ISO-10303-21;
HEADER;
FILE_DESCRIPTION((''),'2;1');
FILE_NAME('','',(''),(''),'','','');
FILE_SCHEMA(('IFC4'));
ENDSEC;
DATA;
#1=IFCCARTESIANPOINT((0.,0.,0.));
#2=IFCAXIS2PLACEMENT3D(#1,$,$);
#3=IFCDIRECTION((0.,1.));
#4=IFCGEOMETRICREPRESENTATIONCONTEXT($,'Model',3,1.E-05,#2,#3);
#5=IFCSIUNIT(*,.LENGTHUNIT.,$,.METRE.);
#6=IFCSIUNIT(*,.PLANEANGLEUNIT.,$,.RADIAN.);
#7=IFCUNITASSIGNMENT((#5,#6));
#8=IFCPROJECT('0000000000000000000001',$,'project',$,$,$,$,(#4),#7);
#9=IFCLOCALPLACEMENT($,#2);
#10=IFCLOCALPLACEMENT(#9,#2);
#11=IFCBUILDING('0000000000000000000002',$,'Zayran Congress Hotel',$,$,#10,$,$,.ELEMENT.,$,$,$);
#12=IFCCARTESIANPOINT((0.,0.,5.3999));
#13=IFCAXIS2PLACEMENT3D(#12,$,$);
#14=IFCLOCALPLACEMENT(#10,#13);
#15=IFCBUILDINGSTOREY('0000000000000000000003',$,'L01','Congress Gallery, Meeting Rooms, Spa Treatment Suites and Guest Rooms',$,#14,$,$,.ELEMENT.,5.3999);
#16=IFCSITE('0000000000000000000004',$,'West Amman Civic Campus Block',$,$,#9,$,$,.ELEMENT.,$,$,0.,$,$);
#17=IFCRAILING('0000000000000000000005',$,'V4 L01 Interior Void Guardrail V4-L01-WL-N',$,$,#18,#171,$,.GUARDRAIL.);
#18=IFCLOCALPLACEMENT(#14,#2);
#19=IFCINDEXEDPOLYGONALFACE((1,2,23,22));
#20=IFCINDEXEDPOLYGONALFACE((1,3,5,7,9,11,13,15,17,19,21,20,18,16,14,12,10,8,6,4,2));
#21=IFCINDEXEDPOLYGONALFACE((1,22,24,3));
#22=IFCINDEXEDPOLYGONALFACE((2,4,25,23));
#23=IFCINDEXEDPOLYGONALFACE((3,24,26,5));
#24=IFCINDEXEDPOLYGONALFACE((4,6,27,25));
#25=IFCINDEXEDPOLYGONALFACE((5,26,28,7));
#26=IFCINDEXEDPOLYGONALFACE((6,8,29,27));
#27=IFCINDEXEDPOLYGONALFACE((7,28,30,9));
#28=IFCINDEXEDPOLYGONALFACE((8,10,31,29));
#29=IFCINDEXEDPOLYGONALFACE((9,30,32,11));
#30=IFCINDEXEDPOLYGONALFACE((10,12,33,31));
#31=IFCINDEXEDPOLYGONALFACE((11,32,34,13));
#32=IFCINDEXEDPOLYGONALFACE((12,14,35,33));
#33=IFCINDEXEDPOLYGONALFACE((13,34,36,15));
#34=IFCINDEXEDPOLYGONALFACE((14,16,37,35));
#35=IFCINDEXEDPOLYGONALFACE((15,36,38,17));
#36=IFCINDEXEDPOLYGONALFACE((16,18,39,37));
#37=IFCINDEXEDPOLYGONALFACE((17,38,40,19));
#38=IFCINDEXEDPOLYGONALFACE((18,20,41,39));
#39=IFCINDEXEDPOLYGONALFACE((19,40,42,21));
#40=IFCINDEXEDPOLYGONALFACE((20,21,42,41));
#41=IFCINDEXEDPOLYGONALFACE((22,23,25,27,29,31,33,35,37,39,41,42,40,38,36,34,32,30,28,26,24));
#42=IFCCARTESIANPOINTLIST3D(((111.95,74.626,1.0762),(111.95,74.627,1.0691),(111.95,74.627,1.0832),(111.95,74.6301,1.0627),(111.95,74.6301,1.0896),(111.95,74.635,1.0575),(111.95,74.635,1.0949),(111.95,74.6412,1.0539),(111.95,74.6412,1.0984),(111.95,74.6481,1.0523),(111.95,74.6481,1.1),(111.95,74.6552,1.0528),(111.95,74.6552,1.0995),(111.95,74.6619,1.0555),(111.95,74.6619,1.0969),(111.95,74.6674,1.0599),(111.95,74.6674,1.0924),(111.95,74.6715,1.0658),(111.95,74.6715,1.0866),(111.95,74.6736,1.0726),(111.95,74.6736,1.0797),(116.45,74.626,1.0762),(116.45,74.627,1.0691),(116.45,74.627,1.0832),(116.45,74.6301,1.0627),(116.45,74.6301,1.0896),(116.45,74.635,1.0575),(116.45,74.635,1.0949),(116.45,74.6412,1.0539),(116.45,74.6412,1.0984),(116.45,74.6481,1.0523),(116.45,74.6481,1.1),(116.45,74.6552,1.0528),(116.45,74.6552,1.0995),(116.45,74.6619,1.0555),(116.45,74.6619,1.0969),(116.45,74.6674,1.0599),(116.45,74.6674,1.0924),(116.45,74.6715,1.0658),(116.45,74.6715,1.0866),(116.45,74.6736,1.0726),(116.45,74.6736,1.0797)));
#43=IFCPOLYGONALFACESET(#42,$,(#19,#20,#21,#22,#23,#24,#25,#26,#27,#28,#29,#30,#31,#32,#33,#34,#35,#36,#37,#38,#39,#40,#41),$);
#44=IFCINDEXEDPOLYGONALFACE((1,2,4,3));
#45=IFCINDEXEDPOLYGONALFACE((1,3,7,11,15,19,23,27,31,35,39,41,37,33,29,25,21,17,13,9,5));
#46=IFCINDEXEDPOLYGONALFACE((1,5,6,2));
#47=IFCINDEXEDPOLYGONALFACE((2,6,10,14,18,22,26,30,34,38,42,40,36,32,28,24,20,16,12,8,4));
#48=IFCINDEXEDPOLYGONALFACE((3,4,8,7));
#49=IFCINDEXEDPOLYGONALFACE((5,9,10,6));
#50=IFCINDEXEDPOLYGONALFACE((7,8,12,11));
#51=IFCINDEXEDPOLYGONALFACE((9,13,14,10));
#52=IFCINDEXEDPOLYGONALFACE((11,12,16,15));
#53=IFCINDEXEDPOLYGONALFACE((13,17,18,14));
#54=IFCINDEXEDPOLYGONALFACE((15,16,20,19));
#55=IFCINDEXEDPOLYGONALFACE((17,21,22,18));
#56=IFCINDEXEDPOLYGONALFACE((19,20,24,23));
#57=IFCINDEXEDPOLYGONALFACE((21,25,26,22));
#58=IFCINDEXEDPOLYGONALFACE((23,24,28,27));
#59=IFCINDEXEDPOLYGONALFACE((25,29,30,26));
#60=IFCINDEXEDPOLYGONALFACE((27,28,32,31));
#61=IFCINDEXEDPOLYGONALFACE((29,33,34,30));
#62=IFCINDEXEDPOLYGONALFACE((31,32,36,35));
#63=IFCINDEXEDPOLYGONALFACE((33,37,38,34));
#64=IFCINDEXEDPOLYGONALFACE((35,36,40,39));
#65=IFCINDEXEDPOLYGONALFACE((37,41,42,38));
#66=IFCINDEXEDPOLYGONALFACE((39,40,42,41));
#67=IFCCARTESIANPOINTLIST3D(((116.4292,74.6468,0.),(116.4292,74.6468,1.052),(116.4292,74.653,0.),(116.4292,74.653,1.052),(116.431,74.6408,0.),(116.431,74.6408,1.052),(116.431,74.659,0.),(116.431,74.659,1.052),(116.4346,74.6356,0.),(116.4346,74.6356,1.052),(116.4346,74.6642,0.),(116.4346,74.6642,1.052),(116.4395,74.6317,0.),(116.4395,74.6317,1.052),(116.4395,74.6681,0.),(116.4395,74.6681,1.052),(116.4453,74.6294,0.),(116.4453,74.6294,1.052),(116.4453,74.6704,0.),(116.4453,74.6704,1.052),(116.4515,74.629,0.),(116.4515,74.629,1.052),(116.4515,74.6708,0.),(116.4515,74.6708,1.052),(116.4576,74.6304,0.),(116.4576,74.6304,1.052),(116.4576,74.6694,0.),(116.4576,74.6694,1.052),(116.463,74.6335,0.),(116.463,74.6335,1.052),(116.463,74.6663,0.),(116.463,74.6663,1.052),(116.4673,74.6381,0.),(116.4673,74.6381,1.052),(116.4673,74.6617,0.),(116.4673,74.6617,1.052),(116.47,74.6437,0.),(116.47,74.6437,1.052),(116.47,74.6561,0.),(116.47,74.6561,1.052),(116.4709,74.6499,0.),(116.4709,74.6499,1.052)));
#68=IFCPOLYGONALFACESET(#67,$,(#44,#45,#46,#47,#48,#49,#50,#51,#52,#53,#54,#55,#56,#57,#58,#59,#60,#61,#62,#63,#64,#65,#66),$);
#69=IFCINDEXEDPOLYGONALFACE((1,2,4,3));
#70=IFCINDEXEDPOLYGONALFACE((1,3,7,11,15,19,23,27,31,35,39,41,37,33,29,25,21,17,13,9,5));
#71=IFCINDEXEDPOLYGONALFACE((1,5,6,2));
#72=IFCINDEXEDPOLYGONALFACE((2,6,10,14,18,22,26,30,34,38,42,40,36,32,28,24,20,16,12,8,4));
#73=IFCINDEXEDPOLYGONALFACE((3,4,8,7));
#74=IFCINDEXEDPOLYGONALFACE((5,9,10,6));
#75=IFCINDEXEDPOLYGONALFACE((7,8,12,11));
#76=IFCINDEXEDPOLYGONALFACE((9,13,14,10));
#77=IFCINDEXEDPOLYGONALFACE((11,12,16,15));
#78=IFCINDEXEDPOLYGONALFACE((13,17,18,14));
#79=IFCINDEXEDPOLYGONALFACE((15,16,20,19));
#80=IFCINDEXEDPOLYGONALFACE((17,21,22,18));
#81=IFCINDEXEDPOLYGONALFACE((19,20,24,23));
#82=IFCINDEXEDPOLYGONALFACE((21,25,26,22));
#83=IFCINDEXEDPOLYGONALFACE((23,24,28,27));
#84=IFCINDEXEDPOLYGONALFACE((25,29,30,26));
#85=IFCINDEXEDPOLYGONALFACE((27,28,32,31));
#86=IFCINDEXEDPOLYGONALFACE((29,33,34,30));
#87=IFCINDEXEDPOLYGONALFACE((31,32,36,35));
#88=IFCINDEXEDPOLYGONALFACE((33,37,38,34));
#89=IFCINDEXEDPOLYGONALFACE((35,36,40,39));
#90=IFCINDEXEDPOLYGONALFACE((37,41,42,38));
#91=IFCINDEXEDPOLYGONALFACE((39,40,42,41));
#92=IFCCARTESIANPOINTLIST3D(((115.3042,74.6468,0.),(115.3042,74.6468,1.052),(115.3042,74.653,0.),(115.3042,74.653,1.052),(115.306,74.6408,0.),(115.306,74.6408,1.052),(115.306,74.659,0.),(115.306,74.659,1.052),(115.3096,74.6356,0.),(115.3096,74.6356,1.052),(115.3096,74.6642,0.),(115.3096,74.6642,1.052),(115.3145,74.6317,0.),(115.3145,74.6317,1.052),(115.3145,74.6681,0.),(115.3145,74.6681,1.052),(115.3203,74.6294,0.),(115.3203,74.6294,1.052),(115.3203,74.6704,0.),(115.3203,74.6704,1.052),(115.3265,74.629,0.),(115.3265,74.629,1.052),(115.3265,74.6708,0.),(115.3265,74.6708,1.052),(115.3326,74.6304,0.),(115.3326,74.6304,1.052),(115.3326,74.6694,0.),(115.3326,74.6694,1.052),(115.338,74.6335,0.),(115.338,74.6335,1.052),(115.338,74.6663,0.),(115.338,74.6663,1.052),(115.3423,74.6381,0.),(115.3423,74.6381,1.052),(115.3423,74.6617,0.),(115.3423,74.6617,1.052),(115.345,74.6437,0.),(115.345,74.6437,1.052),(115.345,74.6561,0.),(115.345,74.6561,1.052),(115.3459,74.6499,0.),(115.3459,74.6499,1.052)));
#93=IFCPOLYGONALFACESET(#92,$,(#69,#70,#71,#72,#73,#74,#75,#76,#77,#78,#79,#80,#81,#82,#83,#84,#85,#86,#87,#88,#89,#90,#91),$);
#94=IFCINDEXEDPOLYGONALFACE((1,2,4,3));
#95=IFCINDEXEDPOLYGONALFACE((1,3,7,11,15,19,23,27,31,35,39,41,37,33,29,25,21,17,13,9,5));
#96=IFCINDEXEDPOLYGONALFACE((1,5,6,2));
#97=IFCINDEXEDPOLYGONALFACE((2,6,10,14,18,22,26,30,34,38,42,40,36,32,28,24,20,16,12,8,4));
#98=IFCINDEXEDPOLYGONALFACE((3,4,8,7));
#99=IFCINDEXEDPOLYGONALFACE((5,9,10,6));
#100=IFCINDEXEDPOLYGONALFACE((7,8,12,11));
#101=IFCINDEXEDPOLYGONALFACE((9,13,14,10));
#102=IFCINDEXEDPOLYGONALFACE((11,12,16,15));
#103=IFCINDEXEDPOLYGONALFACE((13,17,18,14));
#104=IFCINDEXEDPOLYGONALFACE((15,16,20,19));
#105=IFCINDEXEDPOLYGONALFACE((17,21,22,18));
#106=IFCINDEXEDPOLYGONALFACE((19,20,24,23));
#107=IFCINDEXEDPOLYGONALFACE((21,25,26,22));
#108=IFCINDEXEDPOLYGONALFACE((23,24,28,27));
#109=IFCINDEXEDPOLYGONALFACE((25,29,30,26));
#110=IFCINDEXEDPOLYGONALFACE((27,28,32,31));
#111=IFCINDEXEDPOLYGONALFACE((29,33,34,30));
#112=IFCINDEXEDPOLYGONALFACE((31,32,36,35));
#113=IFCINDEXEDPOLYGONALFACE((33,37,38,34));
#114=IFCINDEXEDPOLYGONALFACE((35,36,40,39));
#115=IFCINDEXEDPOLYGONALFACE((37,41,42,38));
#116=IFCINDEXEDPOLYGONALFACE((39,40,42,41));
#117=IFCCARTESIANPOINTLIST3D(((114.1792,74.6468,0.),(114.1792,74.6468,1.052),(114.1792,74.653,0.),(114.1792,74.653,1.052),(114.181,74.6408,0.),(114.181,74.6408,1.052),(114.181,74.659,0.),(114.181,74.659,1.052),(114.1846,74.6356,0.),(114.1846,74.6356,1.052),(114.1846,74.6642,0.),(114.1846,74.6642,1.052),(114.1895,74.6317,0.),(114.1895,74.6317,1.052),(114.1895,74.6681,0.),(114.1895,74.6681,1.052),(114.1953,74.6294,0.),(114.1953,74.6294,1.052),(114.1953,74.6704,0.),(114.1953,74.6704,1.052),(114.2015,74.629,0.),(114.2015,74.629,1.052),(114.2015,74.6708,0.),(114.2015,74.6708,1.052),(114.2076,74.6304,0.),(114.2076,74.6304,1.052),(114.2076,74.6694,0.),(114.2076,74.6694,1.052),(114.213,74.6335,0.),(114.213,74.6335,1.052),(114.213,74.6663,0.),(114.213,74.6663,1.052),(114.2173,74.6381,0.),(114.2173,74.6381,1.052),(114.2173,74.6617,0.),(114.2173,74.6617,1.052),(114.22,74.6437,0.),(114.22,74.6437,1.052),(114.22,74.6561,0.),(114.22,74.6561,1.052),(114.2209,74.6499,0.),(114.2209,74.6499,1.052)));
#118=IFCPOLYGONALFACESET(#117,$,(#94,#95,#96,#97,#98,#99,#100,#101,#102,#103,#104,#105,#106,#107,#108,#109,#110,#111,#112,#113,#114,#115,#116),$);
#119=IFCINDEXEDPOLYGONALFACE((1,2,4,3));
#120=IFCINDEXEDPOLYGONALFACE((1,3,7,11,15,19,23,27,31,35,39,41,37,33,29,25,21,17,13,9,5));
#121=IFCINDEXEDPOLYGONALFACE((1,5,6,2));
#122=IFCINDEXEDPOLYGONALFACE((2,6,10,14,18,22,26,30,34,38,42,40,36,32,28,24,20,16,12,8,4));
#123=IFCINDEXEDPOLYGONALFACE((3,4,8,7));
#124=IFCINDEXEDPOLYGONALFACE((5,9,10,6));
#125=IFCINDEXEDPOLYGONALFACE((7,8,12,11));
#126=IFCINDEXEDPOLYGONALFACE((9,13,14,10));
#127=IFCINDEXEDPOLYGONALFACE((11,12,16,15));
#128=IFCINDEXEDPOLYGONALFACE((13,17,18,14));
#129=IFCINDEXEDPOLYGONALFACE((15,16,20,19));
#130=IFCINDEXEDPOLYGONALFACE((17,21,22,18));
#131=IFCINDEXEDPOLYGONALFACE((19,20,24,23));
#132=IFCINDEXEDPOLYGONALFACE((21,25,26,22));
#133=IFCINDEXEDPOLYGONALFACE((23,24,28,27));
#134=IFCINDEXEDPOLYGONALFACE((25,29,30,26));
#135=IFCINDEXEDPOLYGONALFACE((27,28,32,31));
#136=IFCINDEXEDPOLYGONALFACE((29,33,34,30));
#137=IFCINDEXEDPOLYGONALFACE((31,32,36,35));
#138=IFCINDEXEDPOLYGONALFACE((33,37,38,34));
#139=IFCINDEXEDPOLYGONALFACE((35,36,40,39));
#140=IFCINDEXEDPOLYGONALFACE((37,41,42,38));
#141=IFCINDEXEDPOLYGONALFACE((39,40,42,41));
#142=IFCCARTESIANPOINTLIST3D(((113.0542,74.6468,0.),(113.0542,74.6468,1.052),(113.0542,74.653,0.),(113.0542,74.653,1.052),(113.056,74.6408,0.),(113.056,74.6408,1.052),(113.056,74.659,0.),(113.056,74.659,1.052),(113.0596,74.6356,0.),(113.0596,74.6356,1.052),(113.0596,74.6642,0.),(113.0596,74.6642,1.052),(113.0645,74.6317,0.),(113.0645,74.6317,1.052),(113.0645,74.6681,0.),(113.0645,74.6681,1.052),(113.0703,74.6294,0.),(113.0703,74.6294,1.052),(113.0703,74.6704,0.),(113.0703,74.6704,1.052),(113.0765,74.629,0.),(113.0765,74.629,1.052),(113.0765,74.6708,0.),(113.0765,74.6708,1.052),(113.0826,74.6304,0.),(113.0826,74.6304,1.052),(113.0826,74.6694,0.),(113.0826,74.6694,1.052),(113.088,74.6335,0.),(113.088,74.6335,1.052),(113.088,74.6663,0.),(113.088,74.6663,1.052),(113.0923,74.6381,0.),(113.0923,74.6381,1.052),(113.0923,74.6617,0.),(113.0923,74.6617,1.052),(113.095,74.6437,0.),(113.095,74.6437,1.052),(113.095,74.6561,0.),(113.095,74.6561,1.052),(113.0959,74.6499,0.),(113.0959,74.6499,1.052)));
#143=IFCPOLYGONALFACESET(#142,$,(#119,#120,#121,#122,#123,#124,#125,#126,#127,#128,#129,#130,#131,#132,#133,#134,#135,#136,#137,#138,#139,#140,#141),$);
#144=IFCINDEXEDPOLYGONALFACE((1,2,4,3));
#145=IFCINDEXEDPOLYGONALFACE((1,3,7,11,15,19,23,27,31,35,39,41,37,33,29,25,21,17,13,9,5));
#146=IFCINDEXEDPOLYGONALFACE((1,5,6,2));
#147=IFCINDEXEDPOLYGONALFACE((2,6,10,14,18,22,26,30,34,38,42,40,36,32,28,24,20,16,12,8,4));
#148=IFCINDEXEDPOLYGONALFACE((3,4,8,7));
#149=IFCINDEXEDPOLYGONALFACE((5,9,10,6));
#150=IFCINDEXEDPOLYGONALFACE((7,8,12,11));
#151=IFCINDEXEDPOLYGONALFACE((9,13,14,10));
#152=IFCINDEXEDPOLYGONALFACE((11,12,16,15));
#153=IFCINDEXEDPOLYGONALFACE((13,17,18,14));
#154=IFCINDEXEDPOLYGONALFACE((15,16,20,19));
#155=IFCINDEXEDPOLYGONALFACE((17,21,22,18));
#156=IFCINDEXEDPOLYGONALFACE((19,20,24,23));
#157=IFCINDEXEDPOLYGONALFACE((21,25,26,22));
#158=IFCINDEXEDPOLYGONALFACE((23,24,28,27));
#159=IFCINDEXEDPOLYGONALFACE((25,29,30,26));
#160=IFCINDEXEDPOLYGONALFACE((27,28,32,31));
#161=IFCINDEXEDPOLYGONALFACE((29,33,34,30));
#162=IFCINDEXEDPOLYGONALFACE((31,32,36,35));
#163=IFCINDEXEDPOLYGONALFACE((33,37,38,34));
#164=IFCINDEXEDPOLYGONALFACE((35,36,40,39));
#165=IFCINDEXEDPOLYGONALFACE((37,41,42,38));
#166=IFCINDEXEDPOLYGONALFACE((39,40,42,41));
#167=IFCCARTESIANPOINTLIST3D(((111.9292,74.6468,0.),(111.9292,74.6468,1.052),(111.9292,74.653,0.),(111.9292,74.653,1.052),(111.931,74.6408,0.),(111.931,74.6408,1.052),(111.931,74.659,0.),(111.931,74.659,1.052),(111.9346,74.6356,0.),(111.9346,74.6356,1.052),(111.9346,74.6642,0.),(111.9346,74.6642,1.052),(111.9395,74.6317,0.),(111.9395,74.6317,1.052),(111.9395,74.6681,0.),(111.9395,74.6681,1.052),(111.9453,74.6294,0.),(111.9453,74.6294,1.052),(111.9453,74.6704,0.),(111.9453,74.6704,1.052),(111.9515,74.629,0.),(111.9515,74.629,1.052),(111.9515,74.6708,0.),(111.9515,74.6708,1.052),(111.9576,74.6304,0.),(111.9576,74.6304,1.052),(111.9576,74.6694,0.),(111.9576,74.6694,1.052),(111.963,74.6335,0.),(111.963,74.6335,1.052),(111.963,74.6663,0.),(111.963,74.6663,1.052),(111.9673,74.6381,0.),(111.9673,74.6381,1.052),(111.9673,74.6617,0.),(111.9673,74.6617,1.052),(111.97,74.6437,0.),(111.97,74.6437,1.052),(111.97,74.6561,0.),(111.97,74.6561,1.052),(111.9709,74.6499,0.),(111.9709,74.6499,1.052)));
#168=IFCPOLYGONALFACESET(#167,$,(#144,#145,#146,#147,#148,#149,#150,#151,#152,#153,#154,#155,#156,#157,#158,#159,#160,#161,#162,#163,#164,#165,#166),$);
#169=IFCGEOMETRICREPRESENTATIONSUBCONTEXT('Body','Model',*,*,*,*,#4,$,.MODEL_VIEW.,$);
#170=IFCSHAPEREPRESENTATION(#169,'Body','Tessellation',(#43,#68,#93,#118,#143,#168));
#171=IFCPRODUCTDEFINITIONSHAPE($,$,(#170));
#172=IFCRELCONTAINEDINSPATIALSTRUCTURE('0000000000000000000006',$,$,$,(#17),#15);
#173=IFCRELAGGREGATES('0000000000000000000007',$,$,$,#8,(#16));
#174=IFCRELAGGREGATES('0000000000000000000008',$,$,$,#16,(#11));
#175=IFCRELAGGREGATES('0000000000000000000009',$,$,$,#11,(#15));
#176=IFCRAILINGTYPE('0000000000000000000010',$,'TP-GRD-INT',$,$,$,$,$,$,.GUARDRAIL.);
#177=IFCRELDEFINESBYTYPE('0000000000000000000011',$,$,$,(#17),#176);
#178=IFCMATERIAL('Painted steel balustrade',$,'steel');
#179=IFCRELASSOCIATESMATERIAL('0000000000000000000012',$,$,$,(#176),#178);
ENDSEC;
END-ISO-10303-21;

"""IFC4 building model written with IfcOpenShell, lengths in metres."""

from ifc_helpers import new_model, si_unit, direction, frame, origin, origin_2d, place, context, subcontext, project, spatial, circle, extrude, material, type_object, element, save


model = new_model("IFC4")

# Units and contexts
model_context = context("Model", 3, precision=1e-05, world=origin(), true_north=direction((0.0, 1.0)))
body_context = subcontext(model_context, "Body", "Model", "MODEL_VIEW")
ifc_project = project(units=[si_unit("LENGTHUNIT", "METRE"), si_unit("PLANEANGLEUNIT", "RADIAN")], contexts=[model_context])

# Site, building, storey
site_placement = place(None, origin())
site = spatial("IfcSite", under=ifc_project, at=site_placement, Name="West Amman Civic Campus Block", CompositionType="ELEMENT", RefElevation=0.0)
building_placement = place(site_placement, origin())
building = spatial("IfcBuilding", under=site, at=building_placement, Name="Zayran Congress Hotel", CompositionType="ELEMENT")
storey_placement = place(building_placement, frame((0.0, 0.0, 5.3999)))
storey = spatial("IfcBuildingStorey", under=building, at=storey_placement, Name="L01", Description="Congress Gallery, Meeting Rooms, Spa Treatment Suites and Guest Rooms", CompositionType="ELEMENT", Elevation=5.3999)

# Railing
ifc_material_1 = material(Name="Painted steel balustrade", Category="steel")
railing_type_1 = type_object("IfcRailingType", Name="TP-GRD-INT", PredefinedType="GUARDRAIL", material=ifc_material_1)
railing_1_placement = place(storey_placement, frame((116.45, 74.6499, 0.0)))
element("IfcRailing", 1, at=railing_1_placement, inside=storey, type_object=railing_type_1, Name="V4 L01 Interior Void Guardrail V4-L01-WL-N", PredefinedType="GUARDRAIL", context=body_context, shape_type="SweptSolid", body=[
    extrude(circle(Radius=0.0239, at=origin_2d()), frame((0.0, 0.0, 1.0762), z_axis=(-1.0, 0.0, 0.0), x_axis=(0.0, -1.0, 0.0)), (0.0, 0.0, 1.0), 4.5),
    extrude(circle(Radius=0.021, at=origin_2d()), origin(), (0.0, 0.0, 1.0), 1.052),
    extrude(circle(Radius=0.021, at=origin_2d()), frame((-1.125, 0.0, 0.0)), (0.0, 0.0, 1.0), 1.052),
    extrude(circle(Radius=0.021, at=origin_2d()), frame((-2.25, 0.0, 0.0)), (0.0, 0.0, 1.0), 1.052),
    extrude(circle(Radius=0.021, at=origin_2d()), frame((-3.375, 0.0, 0.0)), (0.0, 0.0, 1.0), 1.052),
    extrude(circle(Radius=0.021, at=origin_2d()), frame((-4.5, 0.0, 0.0)), (0.0, 0.0, 1.0), 1.052),
])

save(model, "model.ifc")
